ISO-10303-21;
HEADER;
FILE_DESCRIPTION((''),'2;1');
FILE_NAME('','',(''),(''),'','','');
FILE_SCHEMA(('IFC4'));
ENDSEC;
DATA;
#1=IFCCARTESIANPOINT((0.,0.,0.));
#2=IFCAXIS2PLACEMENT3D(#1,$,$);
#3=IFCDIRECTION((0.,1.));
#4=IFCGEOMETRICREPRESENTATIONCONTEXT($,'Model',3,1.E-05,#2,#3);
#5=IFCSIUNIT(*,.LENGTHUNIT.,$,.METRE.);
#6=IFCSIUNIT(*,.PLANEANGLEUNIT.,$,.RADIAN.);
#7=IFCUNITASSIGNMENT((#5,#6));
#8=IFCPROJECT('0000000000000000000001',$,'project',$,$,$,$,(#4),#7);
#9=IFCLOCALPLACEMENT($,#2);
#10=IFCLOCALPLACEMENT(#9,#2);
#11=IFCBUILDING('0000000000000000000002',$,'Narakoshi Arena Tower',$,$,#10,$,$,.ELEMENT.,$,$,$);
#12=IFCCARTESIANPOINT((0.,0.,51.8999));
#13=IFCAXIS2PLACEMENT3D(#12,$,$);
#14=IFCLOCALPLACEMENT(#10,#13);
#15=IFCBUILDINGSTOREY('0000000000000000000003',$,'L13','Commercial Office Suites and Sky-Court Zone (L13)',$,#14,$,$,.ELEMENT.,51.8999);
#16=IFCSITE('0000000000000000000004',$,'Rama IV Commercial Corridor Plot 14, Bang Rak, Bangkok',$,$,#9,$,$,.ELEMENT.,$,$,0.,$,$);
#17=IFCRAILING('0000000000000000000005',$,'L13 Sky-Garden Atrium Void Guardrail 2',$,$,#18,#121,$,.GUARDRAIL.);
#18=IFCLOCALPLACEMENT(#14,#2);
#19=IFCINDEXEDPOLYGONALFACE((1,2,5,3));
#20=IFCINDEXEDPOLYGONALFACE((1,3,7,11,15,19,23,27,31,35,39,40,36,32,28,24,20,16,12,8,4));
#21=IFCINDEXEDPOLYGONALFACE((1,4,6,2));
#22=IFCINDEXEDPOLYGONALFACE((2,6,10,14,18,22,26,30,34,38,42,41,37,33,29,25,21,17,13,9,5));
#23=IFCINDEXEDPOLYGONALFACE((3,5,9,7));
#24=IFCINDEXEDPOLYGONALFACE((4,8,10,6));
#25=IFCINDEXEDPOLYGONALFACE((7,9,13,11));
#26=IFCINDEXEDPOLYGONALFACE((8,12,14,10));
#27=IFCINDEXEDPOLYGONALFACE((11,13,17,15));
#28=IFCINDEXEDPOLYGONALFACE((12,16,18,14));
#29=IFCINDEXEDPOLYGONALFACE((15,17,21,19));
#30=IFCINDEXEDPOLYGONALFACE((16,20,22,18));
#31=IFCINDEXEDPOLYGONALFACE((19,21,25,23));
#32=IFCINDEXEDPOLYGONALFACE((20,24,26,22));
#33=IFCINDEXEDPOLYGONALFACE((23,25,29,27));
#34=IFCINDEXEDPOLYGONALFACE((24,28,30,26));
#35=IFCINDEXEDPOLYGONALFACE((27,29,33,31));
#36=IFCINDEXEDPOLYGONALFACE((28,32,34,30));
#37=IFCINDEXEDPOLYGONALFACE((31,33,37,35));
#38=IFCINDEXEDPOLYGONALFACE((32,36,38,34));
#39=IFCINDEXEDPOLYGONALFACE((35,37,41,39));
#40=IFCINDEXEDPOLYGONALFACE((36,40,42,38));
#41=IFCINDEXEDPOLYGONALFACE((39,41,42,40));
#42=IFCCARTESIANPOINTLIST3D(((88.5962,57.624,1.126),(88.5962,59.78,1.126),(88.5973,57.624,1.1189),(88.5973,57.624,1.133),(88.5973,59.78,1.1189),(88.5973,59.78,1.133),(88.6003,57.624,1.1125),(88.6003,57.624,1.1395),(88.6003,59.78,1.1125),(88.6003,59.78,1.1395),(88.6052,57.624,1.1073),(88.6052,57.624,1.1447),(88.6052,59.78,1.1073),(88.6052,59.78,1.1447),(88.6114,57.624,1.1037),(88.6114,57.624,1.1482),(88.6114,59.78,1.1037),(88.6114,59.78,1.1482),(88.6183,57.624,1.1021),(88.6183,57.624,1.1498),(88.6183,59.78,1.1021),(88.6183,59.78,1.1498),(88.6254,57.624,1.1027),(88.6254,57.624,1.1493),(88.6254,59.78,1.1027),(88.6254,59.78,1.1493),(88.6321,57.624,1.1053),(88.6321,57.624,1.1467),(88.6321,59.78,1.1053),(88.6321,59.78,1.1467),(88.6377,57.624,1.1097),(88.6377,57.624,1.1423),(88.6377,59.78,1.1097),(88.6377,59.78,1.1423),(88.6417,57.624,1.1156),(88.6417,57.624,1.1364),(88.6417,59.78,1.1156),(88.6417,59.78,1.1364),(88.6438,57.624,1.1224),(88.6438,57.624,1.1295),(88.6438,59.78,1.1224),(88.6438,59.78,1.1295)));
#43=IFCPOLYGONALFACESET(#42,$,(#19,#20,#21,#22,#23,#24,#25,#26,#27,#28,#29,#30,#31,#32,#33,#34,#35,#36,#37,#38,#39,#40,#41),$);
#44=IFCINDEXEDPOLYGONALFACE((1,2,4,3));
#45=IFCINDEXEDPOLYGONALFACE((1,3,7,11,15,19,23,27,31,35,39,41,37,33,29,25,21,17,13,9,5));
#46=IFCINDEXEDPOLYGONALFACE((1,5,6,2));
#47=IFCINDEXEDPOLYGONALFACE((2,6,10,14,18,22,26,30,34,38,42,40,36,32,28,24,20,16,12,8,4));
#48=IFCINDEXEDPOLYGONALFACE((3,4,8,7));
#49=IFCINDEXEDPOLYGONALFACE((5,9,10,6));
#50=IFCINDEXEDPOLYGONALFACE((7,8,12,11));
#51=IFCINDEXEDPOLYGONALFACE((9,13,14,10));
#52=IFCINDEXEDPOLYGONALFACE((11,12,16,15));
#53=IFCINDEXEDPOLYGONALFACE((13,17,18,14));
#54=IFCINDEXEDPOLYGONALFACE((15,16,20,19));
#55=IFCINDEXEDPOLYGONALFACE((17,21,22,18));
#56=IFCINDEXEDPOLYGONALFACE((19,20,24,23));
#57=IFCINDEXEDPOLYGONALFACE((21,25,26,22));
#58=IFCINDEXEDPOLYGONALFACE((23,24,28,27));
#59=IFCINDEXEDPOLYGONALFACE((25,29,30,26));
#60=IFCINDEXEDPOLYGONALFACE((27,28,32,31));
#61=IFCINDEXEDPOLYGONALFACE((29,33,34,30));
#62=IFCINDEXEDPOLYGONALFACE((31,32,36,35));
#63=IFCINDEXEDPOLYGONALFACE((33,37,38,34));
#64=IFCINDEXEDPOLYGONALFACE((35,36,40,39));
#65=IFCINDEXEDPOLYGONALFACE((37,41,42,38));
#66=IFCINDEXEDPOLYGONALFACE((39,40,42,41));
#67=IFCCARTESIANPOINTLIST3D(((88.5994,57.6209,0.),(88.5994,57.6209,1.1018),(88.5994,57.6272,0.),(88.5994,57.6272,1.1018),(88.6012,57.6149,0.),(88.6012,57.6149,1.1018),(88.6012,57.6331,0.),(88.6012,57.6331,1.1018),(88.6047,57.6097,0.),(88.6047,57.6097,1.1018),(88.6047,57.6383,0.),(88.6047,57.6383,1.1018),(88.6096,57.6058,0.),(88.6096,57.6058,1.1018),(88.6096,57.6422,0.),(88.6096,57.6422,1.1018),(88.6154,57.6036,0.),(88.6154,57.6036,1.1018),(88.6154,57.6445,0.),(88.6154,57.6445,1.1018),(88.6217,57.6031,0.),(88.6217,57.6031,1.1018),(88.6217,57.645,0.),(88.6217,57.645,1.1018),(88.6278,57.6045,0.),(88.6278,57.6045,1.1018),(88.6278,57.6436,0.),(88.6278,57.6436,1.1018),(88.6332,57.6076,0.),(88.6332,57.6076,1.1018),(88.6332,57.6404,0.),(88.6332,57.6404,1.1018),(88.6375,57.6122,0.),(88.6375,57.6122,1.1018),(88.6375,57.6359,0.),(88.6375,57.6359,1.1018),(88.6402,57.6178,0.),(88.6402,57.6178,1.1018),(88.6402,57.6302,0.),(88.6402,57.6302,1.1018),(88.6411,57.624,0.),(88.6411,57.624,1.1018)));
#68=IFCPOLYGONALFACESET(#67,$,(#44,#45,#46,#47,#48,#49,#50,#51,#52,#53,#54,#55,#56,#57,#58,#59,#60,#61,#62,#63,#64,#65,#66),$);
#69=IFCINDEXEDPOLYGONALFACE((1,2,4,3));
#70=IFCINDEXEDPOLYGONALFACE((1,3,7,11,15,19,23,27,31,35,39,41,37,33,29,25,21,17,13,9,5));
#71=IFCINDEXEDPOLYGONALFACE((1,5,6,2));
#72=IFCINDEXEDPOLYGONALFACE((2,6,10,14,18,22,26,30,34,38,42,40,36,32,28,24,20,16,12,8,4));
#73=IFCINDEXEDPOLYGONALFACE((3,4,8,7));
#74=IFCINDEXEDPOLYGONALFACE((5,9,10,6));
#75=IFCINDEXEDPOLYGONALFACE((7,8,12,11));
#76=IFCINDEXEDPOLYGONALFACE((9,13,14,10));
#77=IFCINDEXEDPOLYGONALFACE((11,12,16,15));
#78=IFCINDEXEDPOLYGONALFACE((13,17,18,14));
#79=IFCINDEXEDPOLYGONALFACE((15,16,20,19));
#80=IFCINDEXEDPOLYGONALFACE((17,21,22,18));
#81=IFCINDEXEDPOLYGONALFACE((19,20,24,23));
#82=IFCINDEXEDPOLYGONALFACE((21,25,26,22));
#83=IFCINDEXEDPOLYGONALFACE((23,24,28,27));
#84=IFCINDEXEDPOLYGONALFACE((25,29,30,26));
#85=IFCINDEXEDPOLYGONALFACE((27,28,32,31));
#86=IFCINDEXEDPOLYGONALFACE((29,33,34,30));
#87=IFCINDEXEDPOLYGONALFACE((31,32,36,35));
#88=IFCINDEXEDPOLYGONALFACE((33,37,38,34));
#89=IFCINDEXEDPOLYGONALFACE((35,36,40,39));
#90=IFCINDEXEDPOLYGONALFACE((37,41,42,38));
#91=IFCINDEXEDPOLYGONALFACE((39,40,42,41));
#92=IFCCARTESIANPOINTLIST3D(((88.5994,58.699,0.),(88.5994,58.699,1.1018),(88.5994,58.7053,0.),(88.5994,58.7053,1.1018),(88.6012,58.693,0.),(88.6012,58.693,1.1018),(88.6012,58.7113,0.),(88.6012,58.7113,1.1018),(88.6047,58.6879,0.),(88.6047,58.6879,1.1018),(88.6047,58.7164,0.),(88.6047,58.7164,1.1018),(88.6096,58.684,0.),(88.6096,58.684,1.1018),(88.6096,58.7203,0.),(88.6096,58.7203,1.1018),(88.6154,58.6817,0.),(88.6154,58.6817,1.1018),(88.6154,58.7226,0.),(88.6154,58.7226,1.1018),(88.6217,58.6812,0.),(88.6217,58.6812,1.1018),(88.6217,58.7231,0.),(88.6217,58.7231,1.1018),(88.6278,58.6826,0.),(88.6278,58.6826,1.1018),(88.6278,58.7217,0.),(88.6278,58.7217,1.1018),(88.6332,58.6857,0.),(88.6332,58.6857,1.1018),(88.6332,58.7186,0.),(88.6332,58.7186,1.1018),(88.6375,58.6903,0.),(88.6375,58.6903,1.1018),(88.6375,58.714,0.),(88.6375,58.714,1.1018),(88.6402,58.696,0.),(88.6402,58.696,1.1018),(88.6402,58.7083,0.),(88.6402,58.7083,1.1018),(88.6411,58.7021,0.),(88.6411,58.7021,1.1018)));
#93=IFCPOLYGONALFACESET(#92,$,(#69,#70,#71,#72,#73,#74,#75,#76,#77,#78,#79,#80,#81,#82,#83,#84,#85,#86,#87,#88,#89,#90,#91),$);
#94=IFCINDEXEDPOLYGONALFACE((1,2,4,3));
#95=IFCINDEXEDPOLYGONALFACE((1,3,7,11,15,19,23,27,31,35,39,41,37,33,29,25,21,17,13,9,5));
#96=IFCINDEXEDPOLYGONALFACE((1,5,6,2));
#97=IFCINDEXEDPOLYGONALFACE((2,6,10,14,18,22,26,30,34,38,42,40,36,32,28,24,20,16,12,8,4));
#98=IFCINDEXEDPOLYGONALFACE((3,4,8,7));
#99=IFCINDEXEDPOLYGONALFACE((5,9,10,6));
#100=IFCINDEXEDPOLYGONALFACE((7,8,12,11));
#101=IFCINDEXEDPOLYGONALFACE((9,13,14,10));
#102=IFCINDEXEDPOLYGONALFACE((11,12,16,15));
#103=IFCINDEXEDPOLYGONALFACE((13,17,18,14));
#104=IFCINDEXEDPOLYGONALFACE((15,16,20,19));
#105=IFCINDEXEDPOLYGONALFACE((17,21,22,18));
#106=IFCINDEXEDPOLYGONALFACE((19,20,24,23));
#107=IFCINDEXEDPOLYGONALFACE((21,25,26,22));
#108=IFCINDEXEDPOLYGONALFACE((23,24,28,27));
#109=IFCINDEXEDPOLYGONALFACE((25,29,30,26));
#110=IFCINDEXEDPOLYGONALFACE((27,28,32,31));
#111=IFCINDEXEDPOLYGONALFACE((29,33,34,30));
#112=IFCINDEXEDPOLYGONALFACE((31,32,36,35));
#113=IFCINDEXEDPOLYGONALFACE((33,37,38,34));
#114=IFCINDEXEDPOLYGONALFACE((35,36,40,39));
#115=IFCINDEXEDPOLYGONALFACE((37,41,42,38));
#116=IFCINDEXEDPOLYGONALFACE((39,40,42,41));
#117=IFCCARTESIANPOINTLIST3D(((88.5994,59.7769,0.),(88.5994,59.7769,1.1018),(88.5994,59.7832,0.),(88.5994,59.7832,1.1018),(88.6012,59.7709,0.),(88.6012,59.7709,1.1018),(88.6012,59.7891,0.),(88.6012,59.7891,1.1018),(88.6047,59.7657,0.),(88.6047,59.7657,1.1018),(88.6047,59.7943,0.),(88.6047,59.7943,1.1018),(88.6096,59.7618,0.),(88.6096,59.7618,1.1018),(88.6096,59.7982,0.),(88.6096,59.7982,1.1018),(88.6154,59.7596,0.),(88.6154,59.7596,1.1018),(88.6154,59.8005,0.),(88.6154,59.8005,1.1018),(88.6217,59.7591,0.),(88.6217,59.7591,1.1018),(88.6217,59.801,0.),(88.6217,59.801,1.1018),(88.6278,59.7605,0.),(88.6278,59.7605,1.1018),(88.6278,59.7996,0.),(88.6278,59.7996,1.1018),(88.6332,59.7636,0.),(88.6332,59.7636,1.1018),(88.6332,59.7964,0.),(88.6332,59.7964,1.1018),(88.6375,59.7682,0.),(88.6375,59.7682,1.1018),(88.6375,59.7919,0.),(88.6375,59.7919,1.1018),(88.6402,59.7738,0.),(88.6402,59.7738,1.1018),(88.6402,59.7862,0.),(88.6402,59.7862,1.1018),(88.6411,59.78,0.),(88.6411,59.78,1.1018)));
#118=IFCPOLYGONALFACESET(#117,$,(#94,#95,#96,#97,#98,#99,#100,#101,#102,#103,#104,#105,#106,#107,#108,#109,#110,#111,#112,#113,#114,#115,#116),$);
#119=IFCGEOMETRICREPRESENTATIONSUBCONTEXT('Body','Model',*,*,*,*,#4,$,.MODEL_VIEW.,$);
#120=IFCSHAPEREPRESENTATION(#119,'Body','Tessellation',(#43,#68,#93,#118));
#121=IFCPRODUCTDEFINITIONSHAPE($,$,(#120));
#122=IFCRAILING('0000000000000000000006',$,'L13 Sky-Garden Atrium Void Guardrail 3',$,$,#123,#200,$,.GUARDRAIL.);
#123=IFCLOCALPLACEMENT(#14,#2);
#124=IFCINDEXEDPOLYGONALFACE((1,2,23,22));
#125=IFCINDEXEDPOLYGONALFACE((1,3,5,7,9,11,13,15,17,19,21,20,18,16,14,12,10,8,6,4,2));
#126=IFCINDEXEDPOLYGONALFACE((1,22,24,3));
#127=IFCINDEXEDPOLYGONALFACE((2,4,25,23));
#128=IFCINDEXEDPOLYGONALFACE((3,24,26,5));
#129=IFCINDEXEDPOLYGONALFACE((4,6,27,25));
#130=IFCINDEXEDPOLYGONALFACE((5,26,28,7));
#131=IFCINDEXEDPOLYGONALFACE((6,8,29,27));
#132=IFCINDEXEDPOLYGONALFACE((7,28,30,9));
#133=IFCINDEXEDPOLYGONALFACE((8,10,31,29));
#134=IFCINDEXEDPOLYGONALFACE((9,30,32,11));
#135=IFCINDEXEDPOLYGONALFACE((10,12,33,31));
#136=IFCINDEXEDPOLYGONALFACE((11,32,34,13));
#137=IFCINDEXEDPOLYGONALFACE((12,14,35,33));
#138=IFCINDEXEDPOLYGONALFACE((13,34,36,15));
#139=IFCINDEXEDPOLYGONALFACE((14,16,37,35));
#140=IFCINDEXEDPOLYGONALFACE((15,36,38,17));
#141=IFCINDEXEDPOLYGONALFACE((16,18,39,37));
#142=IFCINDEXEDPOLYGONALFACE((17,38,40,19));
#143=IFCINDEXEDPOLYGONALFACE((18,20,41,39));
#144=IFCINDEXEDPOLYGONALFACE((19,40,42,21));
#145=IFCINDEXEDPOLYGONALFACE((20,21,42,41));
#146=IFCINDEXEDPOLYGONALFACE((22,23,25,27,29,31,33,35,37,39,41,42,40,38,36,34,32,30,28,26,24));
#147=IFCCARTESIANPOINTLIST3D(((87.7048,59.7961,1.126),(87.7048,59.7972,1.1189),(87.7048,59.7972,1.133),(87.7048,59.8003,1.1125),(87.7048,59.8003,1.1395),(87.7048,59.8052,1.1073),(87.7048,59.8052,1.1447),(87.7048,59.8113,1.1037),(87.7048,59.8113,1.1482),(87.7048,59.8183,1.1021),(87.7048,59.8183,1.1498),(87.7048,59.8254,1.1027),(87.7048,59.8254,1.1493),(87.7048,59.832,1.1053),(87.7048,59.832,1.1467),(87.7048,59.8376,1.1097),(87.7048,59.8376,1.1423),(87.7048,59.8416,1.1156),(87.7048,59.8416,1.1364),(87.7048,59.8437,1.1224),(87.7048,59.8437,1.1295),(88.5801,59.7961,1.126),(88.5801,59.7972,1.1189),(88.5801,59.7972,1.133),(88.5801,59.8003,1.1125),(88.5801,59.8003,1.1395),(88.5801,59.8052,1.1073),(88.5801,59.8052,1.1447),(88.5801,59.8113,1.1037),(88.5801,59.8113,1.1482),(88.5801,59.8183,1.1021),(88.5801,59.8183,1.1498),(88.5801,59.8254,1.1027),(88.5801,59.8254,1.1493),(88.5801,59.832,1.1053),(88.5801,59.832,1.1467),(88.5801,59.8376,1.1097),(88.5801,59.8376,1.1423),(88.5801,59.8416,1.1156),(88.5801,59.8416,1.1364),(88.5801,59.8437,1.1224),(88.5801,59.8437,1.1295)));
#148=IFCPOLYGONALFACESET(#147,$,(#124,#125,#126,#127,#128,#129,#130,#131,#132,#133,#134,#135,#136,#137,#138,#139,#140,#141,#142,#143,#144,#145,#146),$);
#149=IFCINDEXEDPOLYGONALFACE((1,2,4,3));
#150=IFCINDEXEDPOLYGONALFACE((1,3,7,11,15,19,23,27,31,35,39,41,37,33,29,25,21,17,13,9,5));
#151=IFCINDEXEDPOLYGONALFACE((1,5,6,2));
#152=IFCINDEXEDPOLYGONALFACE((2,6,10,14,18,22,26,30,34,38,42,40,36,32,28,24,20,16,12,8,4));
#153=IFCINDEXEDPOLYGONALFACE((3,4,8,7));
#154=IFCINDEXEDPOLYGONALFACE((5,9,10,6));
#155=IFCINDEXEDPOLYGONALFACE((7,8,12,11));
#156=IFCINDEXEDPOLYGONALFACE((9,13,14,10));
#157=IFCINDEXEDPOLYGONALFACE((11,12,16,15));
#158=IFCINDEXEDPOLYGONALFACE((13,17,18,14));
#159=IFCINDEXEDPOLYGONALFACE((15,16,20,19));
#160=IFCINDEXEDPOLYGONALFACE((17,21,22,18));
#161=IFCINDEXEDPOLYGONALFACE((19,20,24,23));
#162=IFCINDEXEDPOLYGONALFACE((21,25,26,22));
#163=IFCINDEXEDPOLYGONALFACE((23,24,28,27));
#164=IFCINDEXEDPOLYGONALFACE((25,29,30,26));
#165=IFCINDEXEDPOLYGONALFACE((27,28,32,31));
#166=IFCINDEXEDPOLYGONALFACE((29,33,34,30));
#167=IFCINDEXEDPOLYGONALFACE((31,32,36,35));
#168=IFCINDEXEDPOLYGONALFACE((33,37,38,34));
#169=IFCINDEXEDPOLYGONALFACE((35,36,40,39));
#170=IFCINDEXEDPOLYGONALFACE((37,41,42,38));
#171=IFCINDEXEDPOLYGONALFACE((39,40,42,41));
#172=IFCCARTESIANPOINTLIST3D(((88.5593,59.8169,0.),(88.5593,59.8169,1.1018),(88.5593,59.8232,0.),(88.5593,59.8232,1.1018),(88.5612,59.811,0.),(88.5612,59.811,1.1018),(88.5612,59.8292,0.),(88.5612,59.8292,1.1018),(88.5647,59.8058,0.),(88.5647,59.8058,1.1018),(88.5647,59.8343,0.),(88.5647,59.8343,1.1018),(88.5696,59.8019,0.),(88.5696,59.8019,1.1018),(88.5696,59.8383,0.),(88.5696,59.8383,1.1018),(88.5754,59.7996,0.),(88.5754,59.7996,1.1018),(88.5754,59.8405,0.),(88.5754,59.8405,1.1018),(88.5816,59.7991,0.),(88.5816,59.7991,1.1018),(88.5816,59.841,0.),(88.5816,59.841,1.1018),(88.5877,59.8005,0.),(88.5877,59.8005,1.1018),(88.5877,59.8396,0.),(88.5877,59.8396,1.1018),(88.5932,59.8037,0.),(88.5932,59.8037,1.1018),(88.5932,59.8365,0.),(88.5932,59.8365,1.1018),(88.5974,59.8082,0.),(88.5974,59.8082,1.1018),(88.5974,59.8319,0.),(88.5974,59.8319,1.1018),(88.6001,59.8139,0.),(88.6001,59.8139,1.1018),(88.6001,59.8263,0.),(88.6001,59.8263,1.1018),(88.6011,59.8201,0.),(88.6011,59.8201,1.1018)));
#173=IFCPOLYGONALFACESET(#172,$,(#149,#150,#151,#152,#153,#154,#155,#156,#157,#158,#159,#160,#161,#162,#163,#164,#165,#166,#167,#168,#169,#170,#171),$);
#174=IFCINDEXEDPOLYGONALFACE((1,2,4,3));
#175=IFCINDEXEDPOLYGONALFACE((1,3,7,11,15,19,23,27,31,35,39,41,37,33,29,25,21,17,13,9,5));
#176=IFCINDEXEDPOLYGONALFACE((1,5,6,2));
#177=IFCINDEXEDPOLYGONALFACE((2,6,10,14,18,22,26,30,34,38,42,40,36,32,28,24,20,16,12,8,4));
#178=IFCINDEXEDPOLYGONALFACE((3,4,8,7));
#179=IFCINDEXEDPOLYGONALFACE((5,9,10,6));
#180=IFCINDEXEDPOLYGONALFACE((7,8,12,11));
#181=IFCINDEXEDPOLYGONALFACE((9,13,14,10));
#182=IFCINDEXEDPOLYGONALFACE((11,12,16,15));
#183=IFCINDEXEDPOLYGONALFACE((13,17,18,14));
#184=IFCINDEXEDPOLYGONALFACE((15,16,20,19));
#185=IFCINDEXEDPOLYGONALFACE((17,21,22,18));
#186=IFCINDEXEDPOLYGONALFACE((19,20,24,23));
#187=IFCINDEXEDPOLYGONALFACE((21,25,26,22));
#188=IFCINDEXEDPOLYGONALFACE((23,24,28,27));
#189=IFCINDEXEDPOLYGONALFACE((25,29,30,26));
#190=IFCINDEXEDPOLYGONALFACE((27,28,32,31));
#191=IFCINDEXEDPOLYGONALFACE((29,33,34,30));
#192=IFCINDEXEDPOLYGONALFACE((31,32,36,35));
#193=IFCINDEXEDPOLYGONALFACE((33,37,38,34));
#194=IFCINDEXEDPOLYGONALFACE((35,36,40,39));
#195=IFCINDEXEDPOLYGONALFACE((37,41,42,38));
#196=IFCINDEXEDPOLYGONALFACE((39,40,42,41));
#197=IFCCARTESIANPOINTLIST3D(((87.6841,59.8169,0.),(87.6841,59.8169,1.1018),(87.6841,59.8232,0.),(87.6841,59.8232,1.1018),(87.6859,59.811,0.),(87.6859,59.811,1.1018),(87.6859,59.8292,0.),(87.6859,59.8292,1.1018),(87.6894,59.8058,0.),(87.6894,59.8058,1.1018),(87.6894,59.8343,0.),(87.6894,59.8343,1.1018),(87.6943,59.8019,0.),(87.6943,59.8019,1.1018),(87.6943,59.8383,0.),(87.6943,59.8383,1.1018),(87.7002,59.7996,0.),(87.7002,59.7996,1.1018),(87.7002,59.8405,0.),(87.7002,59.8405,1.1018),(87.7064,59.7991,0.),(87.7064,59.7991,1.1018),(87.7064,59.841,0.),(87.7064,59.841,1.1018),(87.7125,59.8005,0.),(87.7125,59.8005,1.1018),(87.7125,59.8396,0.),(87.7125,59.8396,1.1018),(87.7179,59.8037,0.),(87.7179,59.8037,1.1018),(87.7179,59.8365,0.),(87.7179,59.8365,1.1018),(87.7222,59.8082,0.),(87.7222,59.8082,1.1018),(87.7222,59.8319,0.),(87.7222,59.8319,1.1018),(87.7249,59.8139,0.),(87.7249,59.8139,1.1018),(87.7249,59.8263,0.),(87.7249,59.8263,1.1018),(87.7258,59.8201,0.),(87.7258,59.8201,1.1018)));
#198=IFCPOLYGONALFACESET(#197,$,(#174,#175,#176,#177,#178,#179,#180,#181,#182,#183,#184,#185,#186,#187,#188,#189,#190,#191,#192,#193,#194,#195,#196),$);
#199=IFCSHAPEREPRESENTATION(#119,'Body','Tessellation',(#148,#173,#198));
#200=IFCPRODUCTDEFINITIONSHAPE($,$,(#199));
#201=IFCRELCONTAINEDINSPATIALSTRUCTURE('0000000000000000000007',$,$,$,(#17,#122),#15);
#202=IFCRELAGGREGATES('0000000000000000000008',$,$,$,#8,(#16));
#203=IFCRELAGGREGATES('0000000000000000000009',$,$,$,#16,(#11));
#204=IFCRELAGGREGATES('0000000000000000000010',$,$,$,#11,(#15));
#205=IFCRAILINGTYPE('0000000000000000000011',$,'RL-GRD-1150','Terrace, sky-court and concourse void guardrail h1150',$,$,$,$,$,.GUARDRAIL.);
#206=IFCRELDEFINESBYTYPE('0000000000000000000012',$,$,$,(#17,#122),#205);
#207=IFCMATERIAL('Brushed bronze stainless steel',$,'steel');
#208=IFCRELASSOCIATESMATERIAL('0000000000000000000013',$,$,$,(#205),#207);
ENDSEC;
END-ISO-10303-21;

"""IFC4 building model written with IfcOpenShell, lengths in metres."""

from ifc_helpers import new_model, si_unit, direction, frame, origin, origin_2d, place, context, subcontext, project, spatial, circle, extrude, material, type_object, element, save


model = new_model("IFC4")

# Units and contexts
model_context = context("Model", 3, precision=1e-05, world=origin(), true_north=direction((0.0, 1.0)))
body_context = subcontext(model_context, "Body", "Model", "MODEL_VIEW")
ifc_project = project(units=[si_unit("LENGTHUNIT", "METRE"), si_unit("PLANEANGLEUNIT", "RADIAN")], contexts=[model_context])

# Site, building, storey
site_placement = place(None, origin())
site = spatial("IfcSite", under=ifc_project, at=site_placement, Name="Rama IV Commercial Corridor Plot 14, Bang Rak, Bangkok", CompositionType="ELEMENT", RefElevation=0.0)
building_placement = place(site_placement, origin())
building = spatial("IfcBuilding", under=site, at=building_placement, Name="Narakoshi Arena Tower", CompositionType="ELEMENT")
storey_placement = place(building_placement, frame((0.0, 0.0, 51.8999)))
storey = spatial("IfcBuildingStorey", under=building, at=storey_placement, Name="L13", Description="Commercial Office Suites and Sky-Court Zone (L13)", CompositionType="ELEMENT", Elevation=51.8999)

# Railings
ifc_material_1 = material(Name="Brushed bronze stainless steel", Category="steel")
railing_type = type_object("IfcRailingType", Name="RL-GRD-1150", Description="Terrace, sky-court and concourse void guardrail h1150", PredefinedType="GUARDRAIL", material=ifc_material_1)
railing_1_placement = place(storey_placement, frame((88.6201, 57.624, 0.0)))
element("IfcRailing", 1, at=railing_1_placement, inside=storey, type_object=railing_type, Name="L13 Sky-Garden Atrium Void Guardrail 2", PredefinedType="GUARDRAIL", context=body_context, shape_type="SweptSolid", body=[
    extrude(circle(Radius=0.0239, at=origin_2d()), frame((0.0, 0.0, 1.126), z_axis=(0.0, 1.0, 0.0), x_axis=(-1.0, 0.0, 0.0)), (0.0, 0.0, 1.0), 2.156),
    extrude(circle(Radius=0.021, at=origin_2d()), origin(), (0.0, 0.0, 1.0), 1.1018),
    extrude(circle(Radius=0.021, at=origin_2d()), frame((0.0, 1.0781, 0.0)), (0.0, 0.0, 1.0), 1.1018),
    extrude(circle(Radius=0.021, at=origin_2d()), frame((0.0, 2.156, 0.0)), (0.0, 0.0, 1.0), 1.1018),
])
railing_2_placement = place(storey_placement, frame((88.5801, 59.8201, 0.0)))
element("IfcRailing", 2, at=railing_2_placement, inside=storey, type_object=railing_type, Name="L13 Sky-Garden Atrium Void Guardrail 3", PredefinedType="GUARDRAIL", context=body_context, shape_type="SweptSolid", body=[
    extrude(circle(Radius=0.0239, at=origin_2d()), frame((0.0, 0.0, 1.126), z_axis=(-1.0, 0.0, 0.0), x_axis=(0.0, -1.0, 0.0)), (0.0, 0.0, 1.0), 0.8752),
    extrude(circle(Radius=0.021, at=origin_2d()), origin(), (0.0, 0.0, 1.0), 1.1018),
    extrude(circle(Radius=0.021, at=origin_2d()), frame((-0.8752, 0.0, 0.0)), (0.0, 0.0, 1.0), 1.1018),
])

save(model, "model.ifc")
